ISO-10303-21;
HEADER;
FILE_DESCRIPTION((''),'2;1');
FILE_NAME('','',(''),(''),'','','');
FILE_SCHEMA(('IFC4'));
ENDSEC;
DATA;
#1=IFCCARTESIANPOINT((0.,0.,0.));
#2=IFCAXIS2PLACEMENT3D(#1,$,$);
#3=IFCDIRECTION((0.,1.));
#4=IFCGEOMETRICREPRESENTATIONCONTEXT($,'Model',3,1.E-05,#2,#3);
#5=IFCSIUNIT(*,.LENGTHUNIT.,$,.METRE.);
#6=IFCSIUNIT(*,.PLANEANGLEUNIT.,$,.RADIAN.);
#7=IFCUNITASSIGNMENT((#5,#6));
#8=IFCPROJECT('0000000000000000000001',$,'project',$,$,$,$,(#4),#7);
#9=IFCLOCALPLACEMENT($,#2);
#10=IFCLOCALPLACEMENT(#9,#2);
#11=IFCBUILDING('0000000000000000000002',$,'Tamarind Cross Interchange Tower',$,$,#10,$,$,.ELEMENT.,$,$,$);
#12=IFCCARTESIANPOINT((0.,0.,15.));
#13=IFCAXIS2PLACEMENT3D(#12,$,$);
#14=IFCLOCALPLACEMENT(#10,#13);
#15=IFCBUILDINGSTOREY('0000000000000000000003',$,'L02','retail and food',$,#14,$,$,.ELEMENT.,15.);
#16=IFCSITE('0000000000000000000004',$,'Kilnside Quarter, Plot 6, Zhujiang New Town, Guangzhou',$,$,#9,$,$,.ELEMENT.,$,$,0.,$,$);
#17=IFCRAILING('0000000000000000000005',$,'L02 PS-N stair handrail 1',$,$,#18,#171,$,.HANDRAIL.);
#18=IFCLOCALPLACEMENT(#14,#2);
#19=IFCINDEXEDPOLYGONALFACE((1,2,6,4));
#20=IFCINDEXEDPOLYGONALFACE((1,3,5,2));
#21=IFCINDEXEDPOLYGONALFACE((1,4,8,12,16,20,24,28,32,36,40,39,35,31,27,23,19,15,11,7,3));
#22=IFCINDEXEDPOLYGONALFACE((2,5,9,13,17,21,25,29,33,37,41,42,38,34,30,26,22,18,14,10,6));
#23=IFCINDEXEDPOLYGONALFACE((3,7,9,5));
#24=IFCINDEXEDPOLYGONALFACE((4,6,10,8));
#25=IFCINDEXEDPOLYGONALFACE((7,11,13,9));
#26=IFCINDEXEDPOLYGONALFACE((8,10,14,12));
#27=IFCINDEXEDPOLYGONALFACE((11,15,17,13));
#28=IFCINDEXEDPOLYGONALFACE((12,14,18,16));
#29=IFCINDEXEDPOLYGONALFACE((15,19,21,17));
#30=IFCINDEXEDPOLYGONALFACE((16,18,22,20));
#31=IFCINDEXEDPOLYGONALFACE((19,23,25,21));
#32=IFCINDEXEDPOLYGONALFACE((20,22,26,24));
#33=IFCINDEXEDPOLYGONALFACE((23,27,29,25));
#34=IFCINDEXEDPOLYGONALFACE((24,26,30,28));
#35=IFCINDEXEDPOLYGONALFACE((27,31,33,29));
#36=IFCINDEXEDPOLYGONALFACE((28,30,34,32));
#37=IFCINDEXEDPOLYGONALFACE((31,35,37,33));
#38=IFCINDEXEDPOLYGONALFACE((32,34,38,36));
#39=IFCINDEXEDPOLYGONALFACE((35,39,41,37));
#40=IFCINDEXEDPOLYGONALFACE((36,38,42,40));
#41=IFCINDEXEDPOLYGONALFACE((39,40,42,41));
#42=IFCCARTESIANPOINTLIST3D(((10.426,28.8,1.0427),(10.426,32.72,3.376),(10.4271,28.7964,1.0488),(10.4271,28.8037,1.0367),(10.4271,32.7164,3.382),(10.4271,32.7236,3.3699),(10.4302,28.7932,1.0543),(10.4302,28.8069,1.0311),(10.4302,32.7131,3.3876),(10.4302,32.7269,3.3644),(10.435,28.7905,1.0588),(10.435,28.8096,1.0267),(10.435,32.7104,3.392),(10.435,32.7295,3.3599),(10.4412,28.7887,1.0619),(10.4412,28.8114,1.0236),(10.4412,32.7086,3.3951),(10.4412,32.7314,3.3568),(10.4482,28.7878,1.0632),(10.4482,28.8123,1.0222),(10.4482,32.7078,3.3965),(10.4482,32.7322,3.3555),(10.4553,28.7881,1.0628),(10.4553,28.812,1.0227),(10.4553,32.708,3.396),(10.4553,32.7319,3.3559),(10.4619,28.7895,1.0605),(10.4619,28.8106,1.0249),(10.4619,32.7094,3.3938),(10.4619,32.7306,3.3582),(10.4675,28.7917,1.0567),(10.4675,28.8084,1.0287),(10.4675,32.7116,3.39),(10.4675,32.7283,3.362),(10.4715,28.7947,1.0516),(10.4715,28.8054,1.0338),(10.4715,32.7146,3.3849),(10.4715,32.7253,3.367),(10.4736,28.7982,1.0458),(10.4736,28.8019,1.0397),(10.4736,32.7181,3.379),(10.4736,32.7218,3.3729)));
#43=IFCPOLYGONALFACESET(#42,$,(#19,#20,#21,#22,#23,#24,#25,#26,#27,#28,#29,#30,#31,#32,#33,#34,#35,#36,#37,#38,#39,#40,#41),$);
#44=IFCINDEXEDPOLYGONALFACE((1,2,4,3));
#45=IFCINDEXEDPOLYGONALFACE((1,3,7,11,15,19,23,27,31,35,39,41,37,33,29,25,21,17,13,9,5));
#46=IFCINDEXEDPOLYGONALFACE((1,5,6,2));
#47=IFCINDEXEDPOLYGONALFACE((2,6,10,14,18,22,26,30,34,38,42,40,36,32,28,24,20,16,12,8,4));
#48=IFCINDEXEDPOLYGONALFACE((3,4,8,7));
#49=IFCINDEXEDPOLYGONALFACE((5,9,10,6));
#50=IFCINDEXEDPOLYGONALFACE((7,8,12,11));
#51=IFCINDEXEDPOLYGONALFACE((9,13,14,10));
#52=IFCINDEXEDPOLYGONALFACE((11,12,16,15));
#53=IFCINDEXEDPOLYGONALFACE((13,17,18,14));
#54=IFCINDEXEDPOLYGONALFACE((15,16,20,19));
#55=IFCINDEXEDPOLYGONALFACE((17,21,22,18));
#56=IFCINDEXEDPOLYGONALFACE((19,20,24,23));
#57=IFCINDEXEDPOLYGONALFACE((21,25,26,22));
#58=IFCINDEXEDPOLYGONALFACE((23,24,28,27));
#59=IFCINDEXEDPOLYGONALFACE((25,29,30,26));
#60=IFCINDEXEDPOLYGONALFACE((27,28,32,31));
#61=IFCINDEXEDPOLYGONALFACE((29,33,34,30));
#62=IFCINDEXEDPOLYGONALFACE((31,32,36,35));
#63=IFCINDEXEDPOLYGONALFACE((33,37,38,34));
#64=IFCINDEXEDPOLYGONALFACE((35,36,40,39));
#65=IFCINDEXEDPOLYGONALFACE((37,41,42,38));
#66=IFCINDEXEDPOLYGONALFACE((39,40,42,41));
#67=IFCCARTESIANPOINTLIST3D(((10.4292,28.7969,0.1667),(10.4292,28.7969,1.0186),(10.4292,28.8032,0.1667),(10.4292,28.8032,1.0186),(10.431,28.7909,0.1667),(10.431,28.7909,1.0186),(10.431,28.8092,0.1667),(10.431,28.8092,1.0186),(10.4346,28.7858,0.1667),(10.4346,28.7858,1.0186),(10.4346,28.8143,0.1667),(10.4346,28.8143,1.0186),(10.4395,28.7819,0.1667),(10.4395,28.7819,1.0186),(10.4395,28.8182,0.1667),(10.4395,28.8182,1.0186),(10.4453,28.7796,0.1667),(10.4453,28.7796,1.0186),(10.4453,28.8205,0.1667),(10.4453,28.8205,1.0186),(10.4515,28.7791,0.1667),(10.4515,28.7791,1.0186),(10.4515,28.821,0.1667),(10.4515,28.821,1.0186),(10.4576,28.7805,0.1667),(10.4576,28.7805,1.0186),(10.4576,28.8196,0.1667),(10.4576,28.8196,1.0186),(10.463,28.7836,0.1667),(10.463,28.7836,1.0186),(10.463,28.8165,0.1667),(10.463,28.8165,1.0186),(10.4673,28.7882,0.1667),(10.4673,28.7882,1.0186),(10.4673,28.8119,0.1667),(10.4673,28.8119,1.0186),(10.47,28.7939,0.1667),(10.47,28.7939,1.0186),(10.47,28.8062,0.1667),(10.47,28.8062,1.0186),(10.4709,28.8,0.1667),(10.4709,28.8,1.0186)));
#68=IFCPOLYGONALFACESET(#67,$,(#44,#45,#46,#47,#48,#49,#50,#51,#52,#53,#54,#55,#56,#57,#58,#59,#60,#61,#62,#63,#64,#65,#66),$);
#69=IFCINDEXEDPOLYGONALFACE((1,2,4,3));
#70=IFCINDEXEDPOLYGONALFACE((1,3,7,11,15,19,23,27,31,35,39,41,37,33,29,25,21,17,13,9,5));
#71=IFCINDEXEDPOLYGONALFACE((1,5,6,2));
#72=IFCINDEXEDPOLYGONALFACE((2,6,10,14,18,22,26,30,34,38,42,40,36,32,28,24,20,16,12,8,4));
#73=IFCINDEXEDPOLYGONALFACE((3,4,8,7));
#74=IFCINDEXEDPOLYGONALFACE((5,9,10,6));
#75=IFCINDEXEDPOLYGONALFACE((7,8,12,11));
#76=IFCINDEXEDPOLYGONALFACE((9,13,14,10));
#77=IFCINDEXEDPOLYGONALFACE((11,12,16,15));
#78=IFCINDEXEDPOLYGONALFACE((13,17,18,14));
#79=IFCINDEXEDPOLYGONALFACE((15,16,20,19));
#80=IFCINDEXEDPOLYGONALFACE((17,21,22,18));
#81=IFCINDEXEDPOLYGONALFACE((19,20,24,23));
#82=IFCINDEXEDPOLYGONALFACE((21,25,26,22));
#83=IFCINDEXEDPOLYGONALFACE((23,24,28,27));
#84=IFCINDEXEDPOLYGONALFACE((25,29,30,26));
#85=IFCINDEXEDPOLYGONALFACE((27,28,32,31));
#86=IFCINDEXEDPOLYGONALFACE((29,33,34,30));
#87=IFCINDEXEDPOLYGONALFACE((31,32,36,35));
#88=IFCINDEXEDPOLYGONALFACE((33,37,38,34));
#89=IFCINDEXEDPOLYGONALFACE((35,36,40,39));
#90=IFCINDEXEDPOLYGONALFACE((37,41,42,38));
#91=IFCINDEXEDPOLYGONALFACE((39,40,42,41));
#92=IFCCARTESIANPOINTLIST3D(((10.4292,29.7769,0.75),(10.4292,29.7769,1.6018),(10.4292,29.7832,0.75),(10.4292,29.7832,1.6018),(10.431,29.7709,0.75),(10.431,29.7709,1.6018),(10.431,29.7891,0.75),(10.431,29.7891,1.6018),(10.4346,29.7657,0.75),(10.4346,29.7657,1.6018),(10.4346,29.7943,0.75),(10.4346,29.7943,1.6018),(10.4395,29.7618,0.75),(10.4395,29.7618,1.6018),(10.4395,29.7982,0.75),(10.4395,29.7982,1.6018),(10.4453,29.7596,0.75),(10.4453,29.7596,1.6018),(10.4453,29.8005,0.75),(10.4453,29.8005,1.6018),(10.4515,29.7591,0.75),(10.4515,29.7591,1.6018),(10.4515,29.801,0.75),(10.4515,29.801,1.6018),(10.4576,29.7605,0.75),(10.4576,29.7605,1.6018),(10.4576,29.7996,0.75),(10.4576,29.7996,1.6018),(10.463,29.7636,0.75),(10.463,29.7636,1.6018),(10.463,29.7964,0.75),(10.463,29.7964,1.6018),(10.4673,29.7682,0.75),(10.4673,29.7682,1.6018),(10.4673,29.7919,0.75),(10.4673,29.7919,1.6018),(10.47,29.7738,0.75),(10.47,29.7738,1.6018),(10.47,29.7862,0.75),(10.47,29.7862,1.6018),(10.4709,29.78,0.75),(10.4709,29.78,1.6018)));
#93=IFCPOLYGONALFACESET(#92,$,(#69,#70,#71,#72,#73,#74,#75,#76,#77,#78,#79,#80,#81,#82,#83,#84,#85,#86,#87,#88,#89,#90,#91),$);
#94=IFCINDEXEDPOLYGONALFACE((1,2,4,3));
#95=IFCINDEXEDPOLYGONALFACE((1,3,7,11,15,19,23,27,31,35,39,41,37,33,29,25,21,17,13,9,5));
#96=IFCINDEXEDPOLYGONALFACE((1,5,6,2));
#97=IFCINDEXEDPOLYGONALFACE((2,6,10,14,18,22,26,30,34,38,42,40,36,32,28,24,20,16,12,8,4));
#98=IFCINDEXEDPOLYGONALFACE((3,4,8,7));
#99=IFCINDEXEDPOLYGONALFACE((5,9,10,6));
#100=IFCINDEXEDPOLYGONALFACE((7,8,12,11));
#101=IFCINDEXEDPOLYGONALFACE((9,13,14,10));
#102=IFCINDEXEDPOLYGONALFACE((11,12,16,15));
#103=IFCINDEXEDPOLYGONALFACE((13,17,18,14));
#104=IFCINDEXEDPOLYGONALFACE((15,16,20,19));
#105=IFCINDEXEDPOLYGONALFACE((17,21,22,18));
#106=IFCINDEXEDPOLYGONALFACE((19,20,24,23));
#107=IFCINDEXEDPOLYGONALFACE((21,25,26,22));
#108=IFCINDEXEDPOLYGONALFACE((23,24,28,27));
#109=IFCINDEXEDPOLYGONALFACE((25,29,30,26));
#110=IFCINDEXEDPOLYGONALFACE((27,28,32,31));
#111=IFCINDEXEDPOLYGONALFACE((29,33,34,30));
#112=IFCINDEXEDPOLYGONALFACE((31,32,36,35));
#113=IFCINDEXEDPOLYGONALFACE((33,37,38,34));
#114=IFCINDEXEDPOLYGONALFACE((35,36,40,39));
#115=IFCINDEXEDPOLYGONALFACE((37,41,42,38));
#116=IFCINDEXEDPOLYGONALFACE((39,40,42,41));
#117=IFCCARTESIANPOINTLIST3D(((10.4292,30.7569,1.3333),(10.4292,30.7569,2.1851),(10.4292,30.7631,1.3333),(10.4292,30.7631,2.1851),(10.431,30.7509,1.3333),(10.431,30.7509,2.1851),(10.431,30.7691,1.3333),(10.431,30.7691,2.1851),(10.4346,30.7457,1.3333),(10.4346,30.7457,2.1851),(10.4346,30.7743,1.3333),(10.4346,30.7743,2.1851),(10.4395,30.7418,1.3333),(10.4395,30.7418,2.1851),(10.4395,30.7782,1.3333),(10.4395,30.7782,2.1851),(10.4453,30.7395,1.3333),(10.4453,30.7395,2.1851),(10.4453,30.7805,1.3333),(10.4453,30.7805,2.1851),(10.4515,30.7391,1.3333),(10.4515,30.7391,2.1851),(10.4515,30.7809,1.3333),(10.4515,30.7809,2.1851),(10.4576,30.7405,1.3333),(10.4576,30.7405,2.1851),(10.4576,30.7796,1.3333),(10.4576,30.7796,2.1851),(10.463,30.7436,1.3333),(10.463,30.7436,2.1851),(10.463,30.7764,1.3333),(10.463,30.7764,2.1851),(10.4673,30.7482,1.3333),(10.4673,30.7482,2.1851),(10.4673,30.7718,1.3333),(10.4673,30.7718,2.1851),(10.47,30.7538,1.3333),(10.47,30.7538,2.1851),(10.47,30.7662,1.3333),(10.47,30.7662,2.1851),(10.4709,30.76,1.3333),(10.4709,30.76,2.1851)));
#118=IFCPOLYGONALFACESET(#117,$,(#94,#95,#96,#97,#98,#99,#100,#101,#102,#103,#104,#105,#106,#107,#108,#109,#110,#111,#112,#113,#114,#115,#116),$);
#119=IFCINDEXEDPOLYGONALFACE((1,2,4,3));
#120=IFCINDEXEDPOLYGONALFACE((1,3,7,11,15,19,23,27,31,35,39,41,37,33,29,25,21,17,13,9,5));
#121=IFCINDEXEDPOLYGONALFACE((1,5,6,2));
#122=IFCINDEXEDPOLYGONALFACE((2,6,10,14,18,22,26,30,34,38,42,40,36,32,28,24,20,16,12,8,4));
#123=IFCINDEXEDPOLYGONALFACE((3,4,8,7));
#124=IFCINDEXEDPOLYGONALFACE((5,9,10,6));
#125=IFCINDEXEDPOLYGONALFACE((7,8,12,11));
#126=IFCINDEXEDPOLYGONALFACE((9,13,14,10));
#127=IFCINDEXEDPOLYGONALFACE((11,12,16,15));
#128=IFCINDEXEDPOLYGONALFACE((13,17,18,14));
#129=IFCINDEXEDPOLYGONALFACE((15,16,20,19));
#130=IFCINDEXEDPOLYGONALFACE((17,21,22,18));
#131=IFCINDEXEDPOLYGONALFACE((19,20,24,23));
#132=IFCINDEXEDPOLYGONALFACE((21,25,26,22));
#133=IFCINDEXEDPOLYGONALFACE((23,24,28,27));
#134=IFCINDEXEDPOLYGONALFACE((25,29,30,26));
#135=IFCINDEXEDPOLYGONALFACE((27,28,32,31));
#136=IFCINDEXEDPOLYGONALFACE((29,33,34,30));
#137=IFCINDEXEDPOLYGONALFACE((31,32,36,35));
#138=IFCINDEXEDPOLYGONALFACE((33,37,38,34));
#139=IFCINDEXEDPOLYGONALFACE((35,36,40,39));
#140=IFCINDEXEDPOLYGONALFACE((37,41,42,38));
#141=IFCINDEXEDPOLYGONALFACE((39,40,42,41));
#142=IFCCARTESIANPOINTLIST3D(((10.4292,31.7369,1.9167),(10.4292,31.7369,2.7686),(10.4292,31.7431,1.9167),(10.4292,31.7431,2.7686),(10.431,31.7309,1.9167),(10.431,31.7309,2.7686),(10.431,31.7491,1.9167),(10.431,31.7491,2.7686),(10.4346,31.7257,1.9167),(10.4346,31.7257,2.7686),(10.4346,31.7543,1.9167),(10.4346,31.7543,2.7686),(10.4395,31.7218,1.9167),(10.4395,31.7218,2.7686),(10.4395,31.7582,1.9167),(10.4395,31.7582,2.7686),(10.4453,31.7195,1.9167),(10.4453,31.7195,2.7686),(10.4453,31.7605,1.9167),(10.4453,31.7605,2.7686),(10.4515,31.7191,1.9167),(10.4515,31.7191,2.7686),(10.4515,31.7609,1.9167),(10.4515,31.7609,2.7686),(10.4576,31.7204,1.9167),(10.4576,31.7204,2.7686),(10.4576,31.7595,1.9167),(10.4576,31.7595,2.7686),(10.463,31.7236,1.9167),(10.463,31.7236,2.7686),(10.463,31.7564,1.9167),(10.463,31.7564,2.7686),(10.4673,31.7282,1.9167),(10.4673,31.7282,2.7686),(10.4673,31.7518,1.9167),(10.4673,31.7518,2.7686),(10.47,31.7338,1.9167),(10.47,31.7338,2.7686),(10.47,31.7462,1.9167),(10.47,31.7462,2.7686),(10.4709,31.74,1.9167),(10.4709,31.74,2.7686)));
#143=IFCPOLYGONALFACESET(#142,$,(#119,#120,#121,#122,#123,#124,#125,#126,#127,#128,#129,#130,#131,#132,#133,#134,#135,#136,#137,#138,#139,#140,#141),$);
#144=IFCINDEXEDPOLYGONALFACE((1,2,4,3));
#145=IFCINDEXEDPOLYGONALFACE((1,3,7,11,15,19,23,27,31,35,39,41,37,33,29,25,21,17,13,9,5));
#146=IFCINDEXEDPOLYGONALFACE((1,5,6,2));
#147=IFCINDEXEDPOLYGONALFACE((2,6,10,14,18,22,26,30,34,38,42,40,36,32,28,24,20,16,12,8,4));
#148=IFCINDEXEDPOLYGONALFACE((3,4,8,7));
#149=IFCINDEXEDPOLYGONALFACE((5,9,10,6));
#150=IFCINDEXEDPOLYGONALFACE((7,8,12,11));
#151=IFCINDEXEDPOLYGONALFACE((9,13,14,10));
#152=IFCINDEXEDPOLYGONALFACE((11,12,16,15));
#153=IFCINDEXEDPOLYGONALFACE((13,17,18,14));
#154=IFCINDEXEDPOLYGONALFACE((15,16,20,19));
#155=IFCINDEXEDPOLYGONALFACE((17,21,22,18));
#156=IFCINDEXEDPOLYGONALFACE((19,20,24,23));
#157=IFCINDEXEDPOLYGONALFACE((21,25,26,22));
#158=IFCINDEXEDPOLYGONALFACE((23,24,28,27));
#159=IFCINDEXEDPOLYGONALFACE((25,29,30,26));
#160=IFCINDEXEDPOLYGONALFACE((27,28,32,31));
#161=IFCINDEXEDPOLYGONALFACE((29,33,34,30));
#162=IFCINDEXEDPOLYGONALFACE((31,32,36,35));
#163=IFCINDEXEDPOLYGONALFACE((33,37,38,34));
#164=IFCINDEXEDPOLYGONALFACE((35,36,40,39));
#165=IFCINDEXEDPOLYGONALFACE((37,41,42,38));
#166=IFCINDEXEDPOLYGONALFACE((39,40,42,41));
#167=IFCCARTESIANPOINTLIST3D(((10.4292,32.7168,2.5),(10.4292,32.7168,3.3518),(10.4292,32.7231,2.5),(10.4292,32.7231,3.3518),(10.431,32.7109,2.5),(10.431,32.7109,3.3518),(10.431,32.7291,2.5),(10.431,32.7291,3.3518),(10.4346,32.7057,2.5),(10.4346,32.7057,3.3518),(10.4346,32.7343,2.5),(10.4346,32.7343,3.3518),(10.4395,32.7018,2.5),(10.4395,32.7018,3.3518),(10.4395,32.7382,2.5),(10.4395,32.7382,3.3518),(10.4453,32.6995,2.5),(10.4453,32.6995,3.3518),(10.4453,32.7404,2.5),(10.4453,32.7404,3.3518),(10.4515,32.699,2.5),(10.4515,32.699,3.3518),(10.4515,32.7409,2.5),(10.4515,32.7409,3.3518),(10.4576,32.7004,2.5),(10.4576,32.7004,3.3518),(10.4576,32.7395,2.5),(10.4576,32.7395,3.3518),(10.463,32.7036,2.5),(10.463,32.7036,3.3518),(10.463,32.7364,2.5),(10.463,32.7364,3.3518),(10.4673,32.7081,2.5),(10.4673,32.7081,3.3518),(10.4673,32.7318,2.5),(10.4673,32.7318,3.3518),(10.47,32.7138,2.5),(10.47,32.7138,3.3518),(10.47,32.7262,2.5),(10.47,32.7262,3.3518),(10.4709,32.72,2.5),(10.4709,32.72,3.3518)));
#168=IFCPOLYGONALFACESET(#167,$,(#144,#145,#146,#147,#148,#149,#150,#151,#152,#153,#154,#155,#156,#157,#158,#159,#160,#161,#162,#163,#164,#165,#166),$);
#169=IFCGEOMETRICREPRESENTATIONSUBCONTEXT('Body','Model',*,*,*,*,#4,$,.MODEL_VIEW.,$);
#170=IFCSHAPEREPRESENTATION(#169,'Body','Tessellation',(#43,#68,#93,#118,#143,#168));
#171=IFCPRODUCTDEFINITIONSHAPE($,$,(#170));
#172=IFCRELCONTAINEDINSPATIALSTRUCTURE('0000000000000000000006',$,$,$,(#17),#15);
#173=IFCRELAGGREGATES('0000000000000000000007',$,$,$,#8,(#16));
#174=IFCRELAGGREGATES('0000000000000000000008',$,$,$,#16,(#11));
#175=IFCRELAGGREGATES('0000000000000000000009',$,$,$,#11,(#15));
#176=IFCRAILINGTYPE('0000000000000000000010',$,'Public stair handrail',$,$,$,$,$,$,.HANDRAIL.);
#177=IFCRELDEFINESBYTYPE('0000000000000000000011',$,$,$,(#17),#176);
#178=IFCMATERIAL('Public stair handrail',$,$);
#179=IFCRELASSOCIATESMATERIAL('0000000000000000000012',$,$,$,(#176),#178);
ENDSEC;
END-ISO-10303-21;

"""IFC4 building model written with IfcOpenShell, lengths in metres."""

from ifc_helpers import new_model, si_unit, direction, frame, origin, origin_2d, place, context, subcontext, project, spatial, circle, extrude, material, type_object, element, save


model = new_model("IFC4")

# Units and contexts
model_context = context("Model", 3, precision=1e-05, world=origin(), true_north=direction((0.0, 1.0)))
body_context = subcontext(model_context, "Body", "Model", "MODEL_VIEW")
ifc_project = project(units=[si_unit("LENGTHUNIT", "METRE"), si_unit("PLANEANGLEUNIT", "RADIAN")], contexts=[model_context])

# Site, building, storey
site_placement = place(None, origin())
site = spatial("IfcSite", under=ifc_project, at=site_placement, Name="Kilnside Quarter, Plot 6, Zhujiang New Town, Guangzhou", CompositionType="ELEMENT", RefElevation=0.0)
building_placement = place(site_placement, origin())
building = spatial("IfcBuilding", under=site, at=building_placement, Name="Tamarind Cross Interchange Tower", CompositionType="ELEMENT")
storey_placement = place(building_placement, frame((0.0, 0.0, 15.0)))
storey = spatial("IfcBuildingStorey", under=building, at=storey_placement, Name="L02", Description="retail and food", CompositionType="ELEMENT", Elevation=15.0)

# Railing
ifc_material_1 = material(Name="Public stair handrail")
railing_type_1 = type_object("IfcRailingType", Name="Public stair handrail", PredefinedType="HANDRAIL", material=ifc_material_1)
railing_1_placement = place(storey_placement, frame((10.45, 28.8, 0.1667)))
element("IfcRailing", 1, at=railing_1_placement, inside=storey, type_object=railing_type_1, Name="L02 PS-N stair handrail 1", PredefinedType="HANDRAIL", context=body_context, shape_type="SweptSolid", body=[
    extrude(circle(Radius=0.0239, at=origin_2d()), frame((0.0, 0.0, 0.876), z_axis=(0.0, 0.859296, 0.511478), x_axis=(-1.0, 0.0, 0.0)), (0.0, 0.0, 1.0), 4.5618),
    extrude(circle(Radius=0.021, at=origin_2d()), origin(), (0.0, 0.0, 1.0), 0.8518),
    extrude(circle(Radius=0.021, at=origin_2d()), frame((0.0, 0.98, 0.5833)), (0.0, 0.0, 1.0), 0.8518),
    extrude(circle(Radius=0.021, at=origin_2d()), frame((0.0, 1.96, 1.1665)), (0.0, 0.0, 1.0), 0.8518),
    extrude(circle(Radius=0.021, at=origin_2d()), frame((0.0, 2.9399, 1.75)), (0.0, 0.0, 1.0), 0.8518),
    extrude(circle(Radius=0.021, at=origin_2d()), frame((0.0, 3.9199, 2.3333)), (0.0, 0.0, 1.0), 0.8518),
])

save(model, "model.ifc")
